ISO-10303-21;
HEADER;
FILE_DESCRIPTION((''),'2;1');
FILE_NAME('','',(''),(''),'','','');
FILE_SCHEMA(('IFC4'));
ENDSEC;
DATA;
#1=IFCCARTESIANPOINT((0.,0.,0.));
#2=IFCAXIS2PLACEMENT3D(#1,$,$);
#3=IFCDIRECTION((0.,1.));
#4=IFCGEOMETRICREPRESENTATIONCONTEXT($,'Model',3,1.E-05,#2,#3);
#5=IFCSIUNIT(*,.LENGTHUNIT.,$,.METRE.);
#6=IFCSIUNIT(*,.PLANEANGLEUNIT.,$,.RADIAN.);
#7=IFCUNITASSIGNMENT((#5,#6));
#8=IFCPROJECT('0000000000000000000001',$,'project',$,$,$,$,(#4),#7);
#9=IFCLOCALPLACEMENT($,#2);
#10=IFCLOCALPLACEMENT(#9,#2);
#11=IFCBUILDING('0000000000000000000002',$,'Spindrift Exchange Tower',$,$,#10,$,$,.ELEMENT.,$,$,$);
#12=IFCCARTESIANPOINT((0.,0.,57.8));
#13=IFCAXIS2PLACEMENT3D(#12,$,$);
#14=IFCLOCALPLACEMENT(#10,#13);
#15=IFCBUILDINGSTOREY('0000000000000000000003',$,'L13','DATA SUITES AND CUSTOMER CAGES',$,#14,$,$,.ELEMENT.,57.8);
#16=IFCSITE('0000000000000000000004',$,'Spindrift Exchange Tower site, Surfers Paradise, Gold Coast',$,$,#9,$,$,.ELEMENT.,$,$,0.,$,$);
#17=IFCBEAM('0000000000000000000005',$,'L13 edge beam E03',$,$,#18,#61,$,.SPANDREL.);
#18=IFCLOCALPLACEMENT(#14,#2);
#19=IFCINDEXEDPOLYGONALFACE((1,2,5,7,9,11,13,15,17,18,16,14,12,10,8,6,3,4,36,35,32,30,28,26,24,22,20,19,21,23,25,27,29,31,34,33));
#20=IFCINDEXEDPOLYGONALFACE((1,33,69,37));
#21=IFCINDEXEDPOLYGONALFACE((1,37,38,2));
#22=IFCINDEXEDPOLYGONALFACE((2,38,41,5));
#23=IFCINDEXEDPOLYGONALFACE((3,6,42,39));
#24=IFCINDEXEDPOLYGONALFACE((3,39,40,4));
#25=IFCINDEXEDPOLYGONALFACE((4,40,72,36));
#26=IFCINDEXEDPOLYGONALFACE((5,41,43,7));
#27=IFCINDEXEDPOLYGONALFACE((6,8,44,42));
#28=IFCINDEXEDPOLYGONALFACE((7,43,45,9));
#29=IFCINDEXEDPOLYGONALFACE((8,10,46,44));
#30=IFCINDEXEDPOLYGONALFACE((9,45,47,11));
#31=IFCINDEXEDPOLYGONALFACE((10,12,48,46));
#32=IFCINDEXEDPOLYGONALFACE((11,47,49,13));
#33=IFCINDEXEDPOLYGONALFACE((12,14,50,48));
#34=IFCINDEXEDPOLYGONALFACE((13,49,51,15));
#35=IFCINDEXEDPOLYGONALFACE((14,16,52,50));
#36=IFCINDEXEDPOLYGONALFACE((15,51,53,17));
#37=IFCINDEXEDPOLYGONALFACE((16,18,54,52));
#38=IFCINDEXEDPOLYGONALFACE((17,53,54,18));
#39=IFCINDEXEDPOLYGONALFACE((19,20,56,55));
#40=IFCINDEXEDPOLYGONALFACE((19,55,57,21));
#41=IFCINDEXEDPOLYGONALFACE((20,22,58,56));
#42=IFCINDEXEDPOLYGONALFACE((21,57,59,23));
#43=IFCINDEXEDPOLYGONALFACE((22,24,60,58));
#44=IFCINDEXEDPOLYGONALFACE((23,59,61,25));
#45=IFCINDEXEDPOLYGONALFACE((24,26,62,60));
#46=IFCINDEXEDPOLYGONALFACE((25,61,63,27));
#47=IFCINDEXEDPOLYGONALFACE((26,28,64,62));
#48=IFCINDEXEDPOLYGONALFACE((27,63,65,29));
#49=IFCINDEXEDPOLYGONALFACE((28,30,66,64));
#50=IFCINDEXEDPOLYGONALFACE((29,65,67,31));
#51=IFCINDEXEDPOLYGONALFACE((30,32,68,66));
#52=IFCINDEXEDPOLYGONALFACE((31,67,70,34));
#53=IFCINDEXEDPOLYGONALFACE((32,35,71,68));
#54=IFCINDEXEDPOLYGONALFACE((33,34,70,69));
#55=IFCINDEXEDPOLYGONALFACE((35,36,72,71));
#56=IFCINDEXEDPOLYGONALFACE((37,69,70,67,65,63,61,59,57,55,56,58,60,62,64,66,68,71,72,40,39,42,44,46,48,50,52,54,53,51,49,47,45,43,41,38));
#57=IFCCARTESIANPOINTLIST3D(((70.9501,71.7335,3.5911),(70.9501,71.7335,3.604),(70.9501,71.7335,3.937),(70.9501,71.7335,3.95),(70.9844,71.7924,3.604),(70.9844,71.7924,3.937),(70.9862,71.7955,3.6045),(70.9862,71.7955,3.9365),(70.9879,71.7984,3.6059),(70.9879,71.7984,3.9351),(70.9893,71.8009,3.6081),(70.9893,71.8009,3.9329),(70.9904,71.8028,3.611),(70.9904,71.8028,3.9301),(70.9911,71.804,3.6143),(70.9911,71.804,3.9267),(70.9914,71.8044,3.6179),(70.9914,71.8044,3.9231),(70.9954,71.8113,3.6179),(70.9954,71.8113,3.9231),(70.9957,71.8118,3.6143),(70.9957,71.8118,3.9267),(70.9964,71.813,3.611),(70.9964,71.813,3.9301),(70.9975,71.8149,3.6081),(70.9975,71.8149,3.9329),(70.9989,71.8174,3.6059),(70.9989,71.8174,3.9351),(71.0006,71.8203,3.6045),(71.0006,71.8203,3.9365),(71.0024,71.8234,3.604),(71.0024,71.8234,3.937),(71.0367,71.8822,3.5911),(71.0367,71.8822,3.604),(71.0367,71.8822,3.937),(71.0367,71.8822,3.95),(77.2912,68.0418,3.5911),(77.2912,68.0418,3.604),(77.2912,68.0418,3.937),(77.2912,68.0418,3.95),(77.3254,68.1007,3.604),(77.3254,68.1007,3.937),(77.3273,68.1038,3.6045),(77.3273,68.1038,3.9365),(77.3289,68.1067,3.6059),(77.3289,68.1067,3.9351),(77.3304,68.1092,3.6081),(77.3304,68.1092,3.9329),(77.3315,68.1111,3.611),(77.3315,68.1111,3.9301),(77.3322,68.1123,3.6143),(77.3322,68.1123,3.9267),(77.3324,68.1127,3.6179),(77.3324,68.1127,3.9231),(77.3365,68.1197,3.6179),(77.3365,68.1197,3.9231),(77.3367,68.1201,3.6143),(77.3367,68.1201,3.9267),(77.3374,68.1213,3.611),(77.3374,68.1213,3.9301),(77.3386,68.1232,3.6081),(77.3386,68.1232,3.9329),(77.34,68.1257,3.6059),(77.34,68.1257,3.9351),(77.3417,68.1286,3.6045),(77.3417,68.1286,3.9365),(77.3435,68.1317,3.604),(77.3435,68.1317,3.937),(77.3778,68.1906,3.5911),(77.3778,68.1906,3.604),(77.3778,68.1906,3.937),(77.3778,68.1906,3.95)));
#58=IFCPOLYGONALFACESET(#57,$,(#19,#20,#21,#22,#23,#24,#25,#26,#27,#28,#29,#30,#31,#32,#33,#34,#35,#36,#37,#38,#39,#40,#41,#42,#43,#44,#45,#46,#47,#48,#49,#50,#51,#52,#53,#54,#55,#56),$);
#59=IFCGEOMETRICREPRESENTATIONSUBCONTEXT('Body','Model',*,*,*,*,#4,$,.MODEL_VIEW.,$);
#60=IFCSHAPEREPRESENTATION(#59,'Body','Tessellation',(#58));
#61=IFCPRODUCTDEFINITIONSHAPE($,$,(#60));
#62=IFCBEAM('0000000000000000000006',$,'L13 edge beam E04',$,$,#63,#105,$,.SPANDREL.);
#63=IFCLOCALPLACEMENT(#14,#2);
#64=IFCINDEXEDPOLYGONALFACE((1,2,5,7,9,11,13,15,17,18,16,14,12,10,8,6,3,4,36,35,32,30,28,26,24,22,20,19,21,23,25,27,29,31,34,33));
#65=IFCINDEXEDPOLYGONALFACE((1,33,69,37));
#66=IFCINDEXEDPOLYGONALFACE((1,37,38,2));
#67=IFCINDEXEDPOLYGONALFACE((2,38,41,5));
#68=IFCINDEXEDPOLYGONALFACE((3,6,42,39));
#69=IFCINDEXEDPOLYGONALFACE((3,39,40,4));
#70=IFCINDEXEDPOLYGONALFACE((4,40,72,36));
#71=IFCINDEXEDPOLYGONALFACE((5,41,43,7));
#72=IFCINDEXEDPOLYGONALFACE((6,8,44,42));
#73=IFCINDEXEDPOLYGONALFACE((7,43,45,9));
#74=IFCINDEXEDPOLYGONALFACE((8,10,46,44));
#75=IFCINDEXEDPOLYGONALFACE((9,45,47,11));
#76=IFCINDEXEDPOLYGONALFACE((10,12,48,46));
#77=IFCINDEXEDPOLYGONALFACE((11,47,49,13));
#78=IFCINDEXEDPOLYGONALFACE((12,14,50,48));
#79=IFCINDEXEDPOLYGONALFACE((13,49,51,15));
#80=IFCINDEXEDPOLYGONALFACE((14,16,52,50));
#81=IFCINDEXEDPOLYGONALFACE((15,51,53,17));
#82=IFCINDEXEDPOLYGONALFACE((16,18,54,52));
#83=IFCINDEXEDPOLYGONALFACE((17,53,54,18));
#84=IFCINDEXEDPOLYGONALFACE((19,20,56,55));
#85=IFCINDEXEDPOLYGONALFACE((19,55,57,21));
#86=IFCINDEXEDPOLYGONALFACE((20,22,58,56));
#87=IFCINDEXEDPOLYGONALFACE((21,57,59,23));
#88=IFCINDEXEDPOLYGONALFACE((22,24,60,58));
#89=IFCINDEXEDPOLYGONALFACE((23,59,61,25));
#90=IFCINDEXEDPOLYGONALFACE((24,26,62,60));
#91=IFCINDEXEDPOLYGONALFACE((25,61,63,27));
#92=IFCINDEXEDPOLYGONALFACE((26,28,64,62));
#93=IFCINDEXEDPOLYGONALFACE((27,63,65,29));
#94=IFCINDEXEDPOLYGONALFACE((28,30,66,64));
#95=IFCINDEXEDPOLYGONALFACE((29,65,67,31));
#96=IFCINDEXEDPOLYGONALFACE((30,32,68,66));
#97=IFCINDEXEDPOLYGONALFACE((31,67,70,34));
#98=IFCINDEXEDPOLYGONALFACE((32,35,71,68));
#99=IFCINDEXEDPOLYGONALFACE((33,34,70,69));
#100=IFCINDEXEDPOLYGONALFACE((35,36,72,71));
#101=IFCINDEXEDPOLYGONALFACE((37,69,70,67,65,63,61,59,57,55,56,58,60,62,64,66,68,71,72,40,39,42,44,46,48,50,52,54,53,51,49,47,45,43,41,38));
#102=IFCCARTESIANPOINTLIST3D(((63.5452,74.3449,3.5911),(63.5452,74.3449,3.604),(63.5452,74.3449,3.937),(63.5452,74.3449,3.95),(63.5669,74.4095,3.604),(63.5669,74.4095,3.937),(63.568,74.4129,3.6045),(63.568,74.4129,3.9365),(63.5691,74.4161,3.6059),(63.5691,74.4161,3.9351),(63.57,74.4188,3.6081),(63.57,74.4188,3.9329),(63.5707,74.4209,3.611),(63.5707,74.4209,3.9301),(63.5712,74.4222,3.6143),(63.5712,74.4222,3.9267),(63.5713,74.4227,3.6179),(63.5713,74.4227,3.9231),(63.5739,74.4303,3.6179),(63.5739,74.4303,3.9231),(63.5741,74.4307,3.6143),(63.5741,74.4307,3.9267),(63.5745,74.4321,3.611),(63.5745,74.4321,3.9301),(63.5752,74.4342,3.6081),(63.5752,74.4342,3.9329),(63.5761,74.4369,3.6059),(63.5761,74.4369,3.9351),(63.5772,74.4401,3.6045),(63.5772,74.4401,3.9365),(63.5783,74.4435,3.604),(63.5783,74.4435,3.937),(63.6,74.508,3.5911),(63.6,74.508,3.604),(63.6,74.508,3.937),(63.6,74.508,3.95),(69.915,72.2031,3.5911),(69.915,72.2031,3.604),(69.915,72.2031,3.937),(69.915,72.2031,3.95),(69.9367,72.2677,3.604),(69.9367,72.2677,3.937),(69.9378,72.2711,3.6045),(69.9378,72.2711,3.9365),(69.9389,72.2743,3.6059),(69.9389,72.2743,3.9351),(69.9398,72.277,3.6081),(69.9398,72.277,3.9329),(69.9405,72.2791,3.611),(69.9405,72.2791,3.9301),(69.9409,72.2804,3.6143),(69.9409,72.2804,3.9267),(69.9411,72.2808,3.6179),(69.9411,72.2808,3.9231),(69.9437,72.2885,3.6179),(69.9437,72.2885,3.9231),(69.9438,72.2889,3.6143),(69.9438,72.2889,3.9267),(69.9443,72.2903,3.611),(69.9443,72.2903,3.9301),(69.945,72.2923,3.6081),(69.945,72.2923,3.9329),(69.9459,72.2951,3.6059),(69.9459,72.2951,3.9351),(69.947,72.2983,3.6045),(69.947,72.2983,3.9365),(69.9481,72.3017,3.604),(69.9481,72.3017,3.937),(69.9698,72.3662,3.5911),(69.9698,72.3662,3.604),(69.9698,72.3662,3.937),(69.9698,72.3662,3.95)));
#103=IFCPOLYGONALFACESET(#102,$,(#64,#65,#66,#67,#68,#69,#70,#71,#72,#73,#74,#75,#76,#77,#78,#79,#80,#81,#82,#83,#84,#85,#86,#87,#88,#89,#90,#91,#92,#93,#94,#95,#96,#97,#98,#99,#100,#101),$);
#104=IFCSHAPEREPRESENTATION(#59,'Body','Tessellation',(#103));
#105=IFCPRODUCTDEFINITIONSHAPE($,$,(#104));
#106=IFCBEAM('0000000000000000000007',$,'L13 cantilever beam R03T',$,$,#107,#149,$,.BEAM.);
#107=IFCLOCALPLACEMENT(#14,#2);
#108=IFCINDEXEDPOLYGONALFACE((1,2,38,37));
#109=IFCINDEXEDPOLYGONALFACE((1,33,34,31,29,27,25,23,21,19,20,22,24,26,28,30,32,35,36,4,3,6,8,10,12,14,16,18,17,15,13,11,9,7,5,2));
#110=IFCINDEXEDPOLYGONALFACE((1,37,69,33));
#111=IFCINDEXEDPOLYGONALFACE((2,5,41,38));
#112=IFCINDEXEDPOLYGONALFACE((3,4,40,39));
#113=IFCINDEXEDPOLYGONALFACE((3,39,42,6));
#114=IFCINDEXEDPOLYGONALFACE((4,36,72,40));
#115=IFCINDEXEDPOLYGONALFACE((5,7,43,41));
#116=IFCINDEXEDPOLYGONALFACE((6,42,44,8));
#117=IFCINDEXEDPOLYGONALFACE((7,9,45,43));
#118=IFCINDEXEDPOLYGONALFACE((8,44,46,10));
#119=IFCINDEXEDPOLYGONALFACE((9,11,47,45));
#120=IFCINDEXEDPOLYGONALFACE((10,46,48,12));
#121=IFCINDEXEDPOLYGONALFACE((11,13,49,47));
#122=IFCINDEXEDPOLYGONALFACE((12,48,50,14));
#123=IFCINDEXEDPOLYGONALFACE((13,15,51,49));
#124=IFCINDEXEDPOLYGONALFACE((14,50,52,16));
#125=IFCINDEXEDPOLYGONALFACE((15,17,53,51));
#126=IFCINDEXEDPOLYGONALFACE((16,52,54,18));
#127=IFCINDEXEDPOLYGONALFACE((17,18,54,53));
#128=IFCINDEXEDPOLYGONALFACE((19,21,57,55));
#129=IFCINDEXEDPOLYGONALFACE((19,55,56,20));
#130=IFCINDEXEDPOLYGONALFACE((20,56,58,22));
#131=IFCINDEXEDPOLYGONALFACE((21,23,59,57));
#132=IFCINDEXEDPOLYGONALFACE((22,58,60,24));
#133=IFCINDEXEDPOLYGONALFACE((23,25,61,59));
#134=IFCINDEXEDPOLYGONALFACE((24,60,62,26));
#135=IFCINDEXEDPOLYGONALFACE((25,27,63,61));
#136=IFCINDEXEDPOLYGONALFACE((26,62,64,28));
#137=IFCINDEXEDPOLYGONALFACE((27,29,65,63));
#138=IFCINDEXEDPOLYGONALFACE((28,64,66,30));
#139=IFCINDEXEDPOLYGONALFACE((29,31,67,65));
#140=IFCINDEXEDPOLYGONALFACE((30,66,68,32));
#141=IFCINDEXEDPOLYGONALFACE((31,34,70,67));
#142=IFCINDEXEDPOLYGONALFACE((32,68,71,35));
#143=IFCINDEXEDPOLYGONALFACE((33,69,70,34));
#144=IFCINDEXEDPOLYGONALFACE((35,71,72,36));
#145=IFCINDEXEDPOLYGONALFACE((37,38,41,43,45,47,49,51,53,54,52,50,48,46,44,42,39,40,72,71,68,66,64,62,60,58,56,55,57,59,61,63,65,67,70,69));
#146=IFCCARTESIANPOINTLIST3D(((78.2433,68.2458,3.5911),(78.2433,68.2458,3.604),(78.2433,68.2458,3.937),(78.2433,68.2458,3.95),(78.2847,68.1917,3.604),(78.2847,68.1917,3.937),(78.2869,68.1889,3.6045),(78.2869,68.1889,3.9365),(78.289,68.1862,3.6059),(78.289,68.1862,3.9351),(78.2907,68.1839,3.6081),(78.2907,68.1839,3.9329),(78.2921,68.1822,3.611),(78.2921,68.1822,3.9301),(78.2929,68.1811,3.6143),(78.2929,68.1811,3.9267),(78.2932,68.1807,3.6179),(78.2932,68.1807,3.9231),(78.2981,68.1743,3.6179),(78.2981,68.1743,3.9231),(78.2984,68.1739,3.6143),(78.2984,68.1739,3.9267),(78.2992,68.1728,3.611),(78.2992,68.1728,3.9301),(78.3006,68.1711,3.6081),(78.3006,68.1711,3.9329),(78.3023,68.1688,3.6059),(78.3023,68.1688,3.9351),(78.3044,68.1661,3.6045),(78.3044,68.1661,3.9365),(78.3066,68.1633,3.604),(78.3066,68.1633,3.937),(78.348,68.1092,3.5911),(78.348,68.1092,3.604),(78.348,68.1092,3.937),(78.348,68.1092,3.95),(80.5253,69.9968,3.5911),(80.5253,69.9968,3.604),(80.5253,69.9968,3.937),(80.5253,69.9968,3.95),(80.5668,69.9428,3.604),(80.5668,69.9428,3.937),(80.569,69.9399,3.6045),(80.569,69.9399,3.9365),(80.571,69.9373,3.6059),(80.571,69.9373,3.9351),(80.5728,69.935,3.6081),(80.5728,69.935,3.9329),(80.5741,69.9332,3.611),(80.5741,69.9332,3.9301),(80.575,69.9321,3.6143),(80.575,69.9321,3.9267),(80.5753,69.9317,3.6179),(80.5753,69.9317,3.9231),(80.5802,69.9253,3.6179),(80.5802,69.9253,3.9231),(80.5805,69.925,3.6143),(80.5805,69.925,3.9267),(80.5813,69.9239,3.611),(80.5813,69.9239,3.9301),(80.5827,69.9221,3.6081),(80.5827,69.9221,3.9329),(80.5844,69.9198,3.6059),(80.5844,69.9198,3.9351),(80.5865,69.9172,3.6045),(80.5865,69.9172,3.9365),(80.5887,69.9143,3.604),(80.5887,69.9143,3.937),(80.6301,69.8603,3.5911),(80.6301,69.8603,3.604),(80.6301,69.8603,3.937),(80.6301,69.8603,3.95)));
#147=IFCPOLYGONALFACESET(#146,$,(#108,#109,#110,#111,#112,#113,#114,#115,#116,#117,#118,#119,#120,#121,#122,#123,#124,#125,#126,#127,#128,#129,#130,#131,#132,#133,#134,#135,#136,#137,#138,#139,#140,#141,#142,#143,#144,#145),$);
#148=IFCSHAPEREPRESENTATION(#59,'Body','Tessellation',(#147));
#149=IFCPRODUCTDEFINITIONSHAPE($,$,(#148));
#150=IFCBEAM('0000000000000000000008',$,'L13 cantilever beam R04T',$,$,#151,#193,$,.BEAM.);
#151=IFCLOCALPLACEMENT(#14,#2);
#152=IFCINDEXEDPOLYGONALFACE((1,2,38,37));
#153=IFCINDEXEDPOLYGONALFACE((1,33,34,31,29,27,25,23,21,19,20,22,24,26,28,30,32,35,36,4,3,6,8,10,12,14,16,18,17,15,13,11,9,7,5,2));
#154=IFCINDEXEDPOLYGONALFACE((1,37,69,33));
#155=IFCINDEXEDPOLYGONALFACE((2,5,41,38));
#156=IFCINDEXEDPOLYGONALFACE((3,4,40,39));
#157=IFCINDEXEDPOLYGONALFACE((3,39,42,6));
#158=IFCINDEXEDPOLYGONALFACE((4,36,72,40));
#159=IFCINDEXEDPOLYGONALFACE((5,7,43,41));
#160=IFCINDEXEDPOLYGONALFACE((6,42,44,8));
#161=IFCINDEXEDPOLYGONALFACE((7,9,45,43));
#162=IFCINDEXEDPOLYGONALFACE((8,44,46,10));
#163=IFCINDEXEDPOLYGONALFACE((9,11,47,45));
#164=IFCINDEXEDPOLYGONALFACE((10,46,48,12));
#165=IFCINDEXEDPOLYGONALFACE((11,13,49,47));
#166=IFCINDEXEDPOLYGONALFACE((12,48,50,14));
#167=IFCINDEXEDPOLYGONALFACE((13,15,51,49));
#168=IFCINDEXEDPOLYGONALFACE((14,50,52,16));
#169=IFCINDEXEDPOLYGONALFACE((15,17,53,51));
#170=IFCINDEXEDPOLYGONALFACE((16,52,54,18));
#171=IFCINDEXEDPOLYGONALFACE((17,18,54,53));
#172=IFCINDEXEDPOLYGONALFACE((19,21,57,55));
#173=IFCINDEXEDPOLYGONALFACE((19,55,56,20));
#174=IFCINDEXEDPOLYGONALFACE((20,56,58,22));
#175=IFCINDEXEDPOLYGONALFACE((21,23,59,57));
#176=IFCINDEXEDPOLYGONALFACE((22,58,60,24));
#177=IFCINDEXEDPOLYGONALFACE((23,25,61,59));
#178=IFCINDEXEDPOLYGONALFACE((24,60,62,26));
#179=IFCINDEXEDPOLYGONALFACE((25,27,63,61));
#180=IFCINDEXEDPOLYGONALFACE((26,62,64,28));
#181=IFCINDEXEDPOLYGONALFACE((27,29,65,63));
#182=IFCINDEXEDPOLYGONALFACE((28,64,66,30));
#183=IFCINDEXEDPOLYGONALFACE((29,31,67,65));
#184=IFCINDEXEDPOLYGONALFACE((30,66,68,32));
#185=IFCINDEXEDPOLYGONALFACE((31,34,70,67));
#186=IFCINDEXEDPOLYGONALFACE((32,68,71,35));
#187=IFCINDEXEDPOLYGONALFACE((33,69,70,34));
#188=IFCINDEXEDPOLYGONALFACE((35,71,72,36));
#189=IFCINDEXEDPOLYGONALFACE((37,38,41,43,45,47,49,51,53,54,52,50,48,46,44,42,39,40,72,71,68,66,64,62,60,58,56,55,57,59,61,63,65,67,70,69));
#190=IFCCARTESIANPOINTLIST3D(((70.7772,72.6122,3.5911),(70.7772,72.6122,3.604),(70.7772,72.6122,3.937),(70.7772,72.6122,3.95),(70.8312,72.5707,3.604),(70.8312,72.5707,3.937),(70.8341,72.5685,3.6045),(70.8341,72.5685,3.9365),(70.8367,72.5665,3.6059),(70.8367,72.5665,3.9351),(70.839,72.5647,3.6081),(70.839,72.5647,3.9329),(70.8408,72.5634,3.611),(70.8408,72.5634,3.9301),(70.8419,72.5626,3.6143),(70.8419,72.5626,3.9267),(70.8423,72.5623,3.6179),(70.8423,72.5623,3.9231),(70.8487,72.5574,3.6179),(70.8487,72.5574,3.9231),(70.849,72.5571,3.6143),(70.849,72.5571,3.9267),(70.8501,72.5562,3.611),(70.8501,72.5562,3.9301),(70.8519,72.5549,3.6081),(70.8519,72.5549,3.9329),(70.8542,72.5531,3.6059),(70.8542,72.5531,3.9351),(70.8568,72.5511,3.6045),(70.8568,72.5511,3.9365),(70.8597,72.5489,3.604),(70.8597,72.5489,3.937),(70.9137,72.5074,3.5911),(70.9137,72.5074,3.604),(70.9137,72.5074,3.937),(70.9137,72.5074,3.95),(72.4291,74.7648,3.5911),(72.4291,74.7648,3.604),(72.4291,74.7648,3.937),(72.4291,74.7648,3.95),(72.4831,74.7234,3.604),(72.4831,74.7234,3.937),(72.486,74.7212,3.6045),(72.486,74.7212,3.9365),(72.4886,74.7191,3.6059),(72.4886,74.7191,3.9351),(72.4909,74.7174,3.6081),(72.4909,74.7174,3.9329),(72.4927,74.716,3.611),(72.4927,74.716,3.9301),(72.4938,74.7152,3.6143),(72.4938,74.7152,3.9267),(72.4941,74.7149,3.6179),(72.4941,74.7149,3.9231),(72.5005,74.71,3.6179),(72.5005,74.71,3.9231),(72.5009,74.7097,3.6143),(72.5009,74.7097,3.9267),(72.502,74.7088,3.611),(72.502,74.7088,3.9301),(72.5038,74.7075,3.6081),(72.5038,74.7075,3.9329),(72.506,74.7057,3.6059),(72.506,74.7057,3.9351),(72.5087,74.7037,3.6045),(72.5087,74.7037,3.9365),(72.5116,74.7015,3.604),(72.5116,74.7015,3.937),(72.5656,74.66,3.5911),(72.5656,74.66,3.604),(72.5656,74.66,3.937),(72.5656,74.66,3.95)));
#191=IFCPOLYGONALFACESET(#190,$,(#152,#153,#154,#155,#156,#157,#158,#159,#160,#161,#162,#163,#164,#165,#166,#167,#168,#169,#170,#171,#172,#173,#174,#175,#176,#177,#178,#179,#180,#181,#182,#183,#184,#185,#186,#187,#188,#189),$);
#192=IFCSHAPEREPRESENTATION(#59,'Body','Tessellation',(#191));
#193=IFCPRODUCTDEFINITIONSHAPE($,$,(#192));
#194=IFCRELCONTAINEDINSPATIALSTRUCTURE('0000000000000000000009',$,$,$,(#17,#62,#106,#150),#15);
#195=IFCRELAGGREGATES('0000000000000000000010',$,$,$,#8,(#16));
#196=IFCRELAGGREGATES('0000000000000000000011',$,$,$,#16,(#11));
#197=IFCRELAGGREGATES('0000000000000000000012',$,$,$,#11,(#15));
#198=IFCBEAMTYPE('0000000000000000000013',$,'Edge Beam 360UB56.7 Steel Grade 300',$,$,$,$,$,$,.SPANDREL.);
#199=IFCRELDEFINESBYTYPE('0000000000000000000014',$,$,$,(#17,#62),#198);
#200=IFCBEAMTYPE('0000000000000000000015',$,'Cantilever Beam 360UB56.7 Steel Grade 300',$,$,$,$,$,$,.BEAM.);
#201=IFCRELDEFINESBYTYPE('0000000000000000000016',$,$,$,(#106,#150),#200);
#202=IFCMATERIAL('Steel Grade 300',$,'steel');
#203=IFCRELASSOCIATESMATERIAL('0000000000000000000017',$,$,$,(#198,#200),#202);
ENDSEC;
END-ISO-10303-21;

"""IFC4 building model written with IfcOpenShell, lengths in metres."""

from ifc_helpers import new_model, si_unit, direction, frame, origin, origin_2d, place, context, subcontext, project, spatial, i_section, extrude, source, transform, mapped, material, material_profile, profile_set, type_object, element, save


model = new_model("IFC4")

# Units and contexts
model_context = context("Model", 3, precision=1e-05, world=origin(), true_north=direction((0.0, 1.0)))
body_context = subcontext(model_context, "Body", "Model", "MODEL_VIEW")
ifc_project = project(units=[si_unit("LENGTHUNIT", "METRE"), si_unit("PLANEANGLEUNIT", "RADIAN")], contexts=[model_context])

# Site, building, storey
site_placement = place(None, origin())
site = spatial("IfcSite", under=ifc_project, at=site_placement, Name="Spindrift Exchange Tower site, Surfers Paradise, Gold Coast", CompositionType="ELEMENT", RefElevation=0.0)
building_placement = place(site_placement, origin())
building = spatial("IfcBuilding", under=site, at=building_placement, Name="Spindrift Exchange Tower", CompositionType="ELEMENT")
storey_placement = place(building_placement, frame((0.0, 0.0, 57.8)))
storey = spatial("IfcBuildingStorey", under=building, at=storey_placement, Name="L13", Description="DATA SUITES AND CUSTOMER CAGES", CompositionType="ELEMENT", Elevation=57.8)

# Beams
ifc_material_1 = material(Name="Steel Grade 300", Category="steel")
ifc_material_profile_1 = material_profile(ifc_material_1, i_section(OverallWidth=0.1721, OverallDepth=0.3589, WebThickness=0.0081, FlangeThickness=0.0129, FilletRadius=0.0139, at=origin_2d()), Name="360UB56.7")
ifc_profile_set_1 = profile_set([ifc_material_profile_1], Name="Steel Grade 300")
beam_type_1 = type_object("IfcBeamType", Name="Edge Beam 360UB56.7 Steel Grade 300", PredefinedType="SPANDREL", material=ifc_profile_set_1)
shared_shape_1 = source(origin(), body_context, "Body", "SweptSolid", [
    extrude(i_section(OverallWidth=0.1721, OverallDepth=0.3589, WebThickness=0.0081, FlangeThickness=0.0129, FilletRadius=0.0139, at=origin_2d()), origin(), (0.0, 0.0, 1.0), 7.3374),
])
beam_1_placement = place(storey_placement, frame((77.3345, 68.1162, 3.7705), z_axis=(-0.864212, 0.503128, 0.0), x_axis=(-0.503128, -0.864212, 0.0)))
element("IfcBeam", 1, at=beam_1_placement, inside=storey, type_object=beam_type_1, Name="L13 edge beam E03", PredefinedType="SPANDREL", context=body_context, shape_type="MappedRepresentation", body=[
    mapped(shared_shape_1, transform((0.0, 0.0, 0.0), scale=1.0)),
])
shared_shape_2 = source(origin(), body_context, "Body", "SweptSolid", [
    extrude(i_section(OverallWidth=0.1721, OverallDepth=0.3589, WebThickness=0.0081, FlangeThickness=0.0129, FilletRadius=0.0139, at=origin_2d()), origin(), (0.0, 0.0, 1.0), 6.7202),
])
beam_2_placement = place(storey_placement, frame((69.9424, 72.2847, 3.7705), z_axis=(-0.947852, 0.318712, 0.0), x_axis=(-0.318712, -0.947852, 0.0)))
element("IfcBeam", 2, at=beam_2_placement, inside=storey, type_object=beam_type_1, Name="L13 edge beam E04", PredefinedType="SPANDREL", context=body_context, shape_type="MappedRepresentation", body=[
    mapped(shared_shape_2, transform((0.0, 0.0, 0.0), scale=1.0)),
])
ifc_material_profile_2 = material_profile(ifc_material_1, i_section(OverallWidth=0.1721, OverallDepth=0.3589, WebThickness=0.0081, FlangeThickness=0.0129, FilletRadius=0.0139, at=origin_2d()), Name="360UB56.7")
ifc_profile_set_2 = profile_set([ifc_material_profile_2], Name="Steel Grade 300")
beam_type_2 = type_object("IfcBeamType", Name="Cantilever Beam 360UB56.7 Steel Grade 300", PredefinedType="BEAM", material=ifc_profile_set_2)
shared_shape_3 = source(origin(), body_context, "Body", "SweptSolid", [
    extrude(i_section(OverallWidth=0.1721, OverallDepth=0.3589, WebThickness=0.0081, FlangeThickness=0.0129, FilletRadius=0.0139, at=origin_2d()), origin(), (0.0, 0.0, 1.0), 2.8765),
])
beam_3_placement = place(storey_placement, frame((78.2957, 68.1775, 3.7705), z_axis=(0.793362, 0.60875, 0.0), x_axis=(-0.60875, 0.793362, 0.0)))
element("IfcBeam", 3, at=beam_3_placement, inside=storey, type_object=beam_type_2, Name="L13 cantilever beam R03T", PredefinedType="BEAM", context=body_context, shape_type="MappedRepresentation", body=[
    mapped(shared_shape_3, transform((0.0, 0.0, 0.0), scale=1.0)),
])
shared_shape_4 = source(origin(), body_context, "Body", "SweptSolid", [
    extrude(i_section(OverallWidth=0.1721, OverallDepth=0.3589, WebThickness=0.0081, FlangeThickness=0.0129, FilletRadius=0.0139, at=origin_2d()), origin(), (0.0, 0.0, 1.0), 2.7134),
])
beam_4_placement = place(storey_placement, frame((70.8455, 72.5598, 3.7705), z_axis=(0.608788, 0.793333, 0.0), x_axis=(-0.793333, 0.608788, 0.0)))
element("IfcBeam", 4, at=beam_4_placement, inside=storey, type_object=beam_type_2, Name="L13 cantilever beam R04T", PredefinedType="BEAM", context=body_context, shape_type="MappedRepresentation", body=[
    mapped(shared_shape_4, transform((0.0, 0.0, 0.0), scale=1.0)),
])

save(model, "model.ifc")
